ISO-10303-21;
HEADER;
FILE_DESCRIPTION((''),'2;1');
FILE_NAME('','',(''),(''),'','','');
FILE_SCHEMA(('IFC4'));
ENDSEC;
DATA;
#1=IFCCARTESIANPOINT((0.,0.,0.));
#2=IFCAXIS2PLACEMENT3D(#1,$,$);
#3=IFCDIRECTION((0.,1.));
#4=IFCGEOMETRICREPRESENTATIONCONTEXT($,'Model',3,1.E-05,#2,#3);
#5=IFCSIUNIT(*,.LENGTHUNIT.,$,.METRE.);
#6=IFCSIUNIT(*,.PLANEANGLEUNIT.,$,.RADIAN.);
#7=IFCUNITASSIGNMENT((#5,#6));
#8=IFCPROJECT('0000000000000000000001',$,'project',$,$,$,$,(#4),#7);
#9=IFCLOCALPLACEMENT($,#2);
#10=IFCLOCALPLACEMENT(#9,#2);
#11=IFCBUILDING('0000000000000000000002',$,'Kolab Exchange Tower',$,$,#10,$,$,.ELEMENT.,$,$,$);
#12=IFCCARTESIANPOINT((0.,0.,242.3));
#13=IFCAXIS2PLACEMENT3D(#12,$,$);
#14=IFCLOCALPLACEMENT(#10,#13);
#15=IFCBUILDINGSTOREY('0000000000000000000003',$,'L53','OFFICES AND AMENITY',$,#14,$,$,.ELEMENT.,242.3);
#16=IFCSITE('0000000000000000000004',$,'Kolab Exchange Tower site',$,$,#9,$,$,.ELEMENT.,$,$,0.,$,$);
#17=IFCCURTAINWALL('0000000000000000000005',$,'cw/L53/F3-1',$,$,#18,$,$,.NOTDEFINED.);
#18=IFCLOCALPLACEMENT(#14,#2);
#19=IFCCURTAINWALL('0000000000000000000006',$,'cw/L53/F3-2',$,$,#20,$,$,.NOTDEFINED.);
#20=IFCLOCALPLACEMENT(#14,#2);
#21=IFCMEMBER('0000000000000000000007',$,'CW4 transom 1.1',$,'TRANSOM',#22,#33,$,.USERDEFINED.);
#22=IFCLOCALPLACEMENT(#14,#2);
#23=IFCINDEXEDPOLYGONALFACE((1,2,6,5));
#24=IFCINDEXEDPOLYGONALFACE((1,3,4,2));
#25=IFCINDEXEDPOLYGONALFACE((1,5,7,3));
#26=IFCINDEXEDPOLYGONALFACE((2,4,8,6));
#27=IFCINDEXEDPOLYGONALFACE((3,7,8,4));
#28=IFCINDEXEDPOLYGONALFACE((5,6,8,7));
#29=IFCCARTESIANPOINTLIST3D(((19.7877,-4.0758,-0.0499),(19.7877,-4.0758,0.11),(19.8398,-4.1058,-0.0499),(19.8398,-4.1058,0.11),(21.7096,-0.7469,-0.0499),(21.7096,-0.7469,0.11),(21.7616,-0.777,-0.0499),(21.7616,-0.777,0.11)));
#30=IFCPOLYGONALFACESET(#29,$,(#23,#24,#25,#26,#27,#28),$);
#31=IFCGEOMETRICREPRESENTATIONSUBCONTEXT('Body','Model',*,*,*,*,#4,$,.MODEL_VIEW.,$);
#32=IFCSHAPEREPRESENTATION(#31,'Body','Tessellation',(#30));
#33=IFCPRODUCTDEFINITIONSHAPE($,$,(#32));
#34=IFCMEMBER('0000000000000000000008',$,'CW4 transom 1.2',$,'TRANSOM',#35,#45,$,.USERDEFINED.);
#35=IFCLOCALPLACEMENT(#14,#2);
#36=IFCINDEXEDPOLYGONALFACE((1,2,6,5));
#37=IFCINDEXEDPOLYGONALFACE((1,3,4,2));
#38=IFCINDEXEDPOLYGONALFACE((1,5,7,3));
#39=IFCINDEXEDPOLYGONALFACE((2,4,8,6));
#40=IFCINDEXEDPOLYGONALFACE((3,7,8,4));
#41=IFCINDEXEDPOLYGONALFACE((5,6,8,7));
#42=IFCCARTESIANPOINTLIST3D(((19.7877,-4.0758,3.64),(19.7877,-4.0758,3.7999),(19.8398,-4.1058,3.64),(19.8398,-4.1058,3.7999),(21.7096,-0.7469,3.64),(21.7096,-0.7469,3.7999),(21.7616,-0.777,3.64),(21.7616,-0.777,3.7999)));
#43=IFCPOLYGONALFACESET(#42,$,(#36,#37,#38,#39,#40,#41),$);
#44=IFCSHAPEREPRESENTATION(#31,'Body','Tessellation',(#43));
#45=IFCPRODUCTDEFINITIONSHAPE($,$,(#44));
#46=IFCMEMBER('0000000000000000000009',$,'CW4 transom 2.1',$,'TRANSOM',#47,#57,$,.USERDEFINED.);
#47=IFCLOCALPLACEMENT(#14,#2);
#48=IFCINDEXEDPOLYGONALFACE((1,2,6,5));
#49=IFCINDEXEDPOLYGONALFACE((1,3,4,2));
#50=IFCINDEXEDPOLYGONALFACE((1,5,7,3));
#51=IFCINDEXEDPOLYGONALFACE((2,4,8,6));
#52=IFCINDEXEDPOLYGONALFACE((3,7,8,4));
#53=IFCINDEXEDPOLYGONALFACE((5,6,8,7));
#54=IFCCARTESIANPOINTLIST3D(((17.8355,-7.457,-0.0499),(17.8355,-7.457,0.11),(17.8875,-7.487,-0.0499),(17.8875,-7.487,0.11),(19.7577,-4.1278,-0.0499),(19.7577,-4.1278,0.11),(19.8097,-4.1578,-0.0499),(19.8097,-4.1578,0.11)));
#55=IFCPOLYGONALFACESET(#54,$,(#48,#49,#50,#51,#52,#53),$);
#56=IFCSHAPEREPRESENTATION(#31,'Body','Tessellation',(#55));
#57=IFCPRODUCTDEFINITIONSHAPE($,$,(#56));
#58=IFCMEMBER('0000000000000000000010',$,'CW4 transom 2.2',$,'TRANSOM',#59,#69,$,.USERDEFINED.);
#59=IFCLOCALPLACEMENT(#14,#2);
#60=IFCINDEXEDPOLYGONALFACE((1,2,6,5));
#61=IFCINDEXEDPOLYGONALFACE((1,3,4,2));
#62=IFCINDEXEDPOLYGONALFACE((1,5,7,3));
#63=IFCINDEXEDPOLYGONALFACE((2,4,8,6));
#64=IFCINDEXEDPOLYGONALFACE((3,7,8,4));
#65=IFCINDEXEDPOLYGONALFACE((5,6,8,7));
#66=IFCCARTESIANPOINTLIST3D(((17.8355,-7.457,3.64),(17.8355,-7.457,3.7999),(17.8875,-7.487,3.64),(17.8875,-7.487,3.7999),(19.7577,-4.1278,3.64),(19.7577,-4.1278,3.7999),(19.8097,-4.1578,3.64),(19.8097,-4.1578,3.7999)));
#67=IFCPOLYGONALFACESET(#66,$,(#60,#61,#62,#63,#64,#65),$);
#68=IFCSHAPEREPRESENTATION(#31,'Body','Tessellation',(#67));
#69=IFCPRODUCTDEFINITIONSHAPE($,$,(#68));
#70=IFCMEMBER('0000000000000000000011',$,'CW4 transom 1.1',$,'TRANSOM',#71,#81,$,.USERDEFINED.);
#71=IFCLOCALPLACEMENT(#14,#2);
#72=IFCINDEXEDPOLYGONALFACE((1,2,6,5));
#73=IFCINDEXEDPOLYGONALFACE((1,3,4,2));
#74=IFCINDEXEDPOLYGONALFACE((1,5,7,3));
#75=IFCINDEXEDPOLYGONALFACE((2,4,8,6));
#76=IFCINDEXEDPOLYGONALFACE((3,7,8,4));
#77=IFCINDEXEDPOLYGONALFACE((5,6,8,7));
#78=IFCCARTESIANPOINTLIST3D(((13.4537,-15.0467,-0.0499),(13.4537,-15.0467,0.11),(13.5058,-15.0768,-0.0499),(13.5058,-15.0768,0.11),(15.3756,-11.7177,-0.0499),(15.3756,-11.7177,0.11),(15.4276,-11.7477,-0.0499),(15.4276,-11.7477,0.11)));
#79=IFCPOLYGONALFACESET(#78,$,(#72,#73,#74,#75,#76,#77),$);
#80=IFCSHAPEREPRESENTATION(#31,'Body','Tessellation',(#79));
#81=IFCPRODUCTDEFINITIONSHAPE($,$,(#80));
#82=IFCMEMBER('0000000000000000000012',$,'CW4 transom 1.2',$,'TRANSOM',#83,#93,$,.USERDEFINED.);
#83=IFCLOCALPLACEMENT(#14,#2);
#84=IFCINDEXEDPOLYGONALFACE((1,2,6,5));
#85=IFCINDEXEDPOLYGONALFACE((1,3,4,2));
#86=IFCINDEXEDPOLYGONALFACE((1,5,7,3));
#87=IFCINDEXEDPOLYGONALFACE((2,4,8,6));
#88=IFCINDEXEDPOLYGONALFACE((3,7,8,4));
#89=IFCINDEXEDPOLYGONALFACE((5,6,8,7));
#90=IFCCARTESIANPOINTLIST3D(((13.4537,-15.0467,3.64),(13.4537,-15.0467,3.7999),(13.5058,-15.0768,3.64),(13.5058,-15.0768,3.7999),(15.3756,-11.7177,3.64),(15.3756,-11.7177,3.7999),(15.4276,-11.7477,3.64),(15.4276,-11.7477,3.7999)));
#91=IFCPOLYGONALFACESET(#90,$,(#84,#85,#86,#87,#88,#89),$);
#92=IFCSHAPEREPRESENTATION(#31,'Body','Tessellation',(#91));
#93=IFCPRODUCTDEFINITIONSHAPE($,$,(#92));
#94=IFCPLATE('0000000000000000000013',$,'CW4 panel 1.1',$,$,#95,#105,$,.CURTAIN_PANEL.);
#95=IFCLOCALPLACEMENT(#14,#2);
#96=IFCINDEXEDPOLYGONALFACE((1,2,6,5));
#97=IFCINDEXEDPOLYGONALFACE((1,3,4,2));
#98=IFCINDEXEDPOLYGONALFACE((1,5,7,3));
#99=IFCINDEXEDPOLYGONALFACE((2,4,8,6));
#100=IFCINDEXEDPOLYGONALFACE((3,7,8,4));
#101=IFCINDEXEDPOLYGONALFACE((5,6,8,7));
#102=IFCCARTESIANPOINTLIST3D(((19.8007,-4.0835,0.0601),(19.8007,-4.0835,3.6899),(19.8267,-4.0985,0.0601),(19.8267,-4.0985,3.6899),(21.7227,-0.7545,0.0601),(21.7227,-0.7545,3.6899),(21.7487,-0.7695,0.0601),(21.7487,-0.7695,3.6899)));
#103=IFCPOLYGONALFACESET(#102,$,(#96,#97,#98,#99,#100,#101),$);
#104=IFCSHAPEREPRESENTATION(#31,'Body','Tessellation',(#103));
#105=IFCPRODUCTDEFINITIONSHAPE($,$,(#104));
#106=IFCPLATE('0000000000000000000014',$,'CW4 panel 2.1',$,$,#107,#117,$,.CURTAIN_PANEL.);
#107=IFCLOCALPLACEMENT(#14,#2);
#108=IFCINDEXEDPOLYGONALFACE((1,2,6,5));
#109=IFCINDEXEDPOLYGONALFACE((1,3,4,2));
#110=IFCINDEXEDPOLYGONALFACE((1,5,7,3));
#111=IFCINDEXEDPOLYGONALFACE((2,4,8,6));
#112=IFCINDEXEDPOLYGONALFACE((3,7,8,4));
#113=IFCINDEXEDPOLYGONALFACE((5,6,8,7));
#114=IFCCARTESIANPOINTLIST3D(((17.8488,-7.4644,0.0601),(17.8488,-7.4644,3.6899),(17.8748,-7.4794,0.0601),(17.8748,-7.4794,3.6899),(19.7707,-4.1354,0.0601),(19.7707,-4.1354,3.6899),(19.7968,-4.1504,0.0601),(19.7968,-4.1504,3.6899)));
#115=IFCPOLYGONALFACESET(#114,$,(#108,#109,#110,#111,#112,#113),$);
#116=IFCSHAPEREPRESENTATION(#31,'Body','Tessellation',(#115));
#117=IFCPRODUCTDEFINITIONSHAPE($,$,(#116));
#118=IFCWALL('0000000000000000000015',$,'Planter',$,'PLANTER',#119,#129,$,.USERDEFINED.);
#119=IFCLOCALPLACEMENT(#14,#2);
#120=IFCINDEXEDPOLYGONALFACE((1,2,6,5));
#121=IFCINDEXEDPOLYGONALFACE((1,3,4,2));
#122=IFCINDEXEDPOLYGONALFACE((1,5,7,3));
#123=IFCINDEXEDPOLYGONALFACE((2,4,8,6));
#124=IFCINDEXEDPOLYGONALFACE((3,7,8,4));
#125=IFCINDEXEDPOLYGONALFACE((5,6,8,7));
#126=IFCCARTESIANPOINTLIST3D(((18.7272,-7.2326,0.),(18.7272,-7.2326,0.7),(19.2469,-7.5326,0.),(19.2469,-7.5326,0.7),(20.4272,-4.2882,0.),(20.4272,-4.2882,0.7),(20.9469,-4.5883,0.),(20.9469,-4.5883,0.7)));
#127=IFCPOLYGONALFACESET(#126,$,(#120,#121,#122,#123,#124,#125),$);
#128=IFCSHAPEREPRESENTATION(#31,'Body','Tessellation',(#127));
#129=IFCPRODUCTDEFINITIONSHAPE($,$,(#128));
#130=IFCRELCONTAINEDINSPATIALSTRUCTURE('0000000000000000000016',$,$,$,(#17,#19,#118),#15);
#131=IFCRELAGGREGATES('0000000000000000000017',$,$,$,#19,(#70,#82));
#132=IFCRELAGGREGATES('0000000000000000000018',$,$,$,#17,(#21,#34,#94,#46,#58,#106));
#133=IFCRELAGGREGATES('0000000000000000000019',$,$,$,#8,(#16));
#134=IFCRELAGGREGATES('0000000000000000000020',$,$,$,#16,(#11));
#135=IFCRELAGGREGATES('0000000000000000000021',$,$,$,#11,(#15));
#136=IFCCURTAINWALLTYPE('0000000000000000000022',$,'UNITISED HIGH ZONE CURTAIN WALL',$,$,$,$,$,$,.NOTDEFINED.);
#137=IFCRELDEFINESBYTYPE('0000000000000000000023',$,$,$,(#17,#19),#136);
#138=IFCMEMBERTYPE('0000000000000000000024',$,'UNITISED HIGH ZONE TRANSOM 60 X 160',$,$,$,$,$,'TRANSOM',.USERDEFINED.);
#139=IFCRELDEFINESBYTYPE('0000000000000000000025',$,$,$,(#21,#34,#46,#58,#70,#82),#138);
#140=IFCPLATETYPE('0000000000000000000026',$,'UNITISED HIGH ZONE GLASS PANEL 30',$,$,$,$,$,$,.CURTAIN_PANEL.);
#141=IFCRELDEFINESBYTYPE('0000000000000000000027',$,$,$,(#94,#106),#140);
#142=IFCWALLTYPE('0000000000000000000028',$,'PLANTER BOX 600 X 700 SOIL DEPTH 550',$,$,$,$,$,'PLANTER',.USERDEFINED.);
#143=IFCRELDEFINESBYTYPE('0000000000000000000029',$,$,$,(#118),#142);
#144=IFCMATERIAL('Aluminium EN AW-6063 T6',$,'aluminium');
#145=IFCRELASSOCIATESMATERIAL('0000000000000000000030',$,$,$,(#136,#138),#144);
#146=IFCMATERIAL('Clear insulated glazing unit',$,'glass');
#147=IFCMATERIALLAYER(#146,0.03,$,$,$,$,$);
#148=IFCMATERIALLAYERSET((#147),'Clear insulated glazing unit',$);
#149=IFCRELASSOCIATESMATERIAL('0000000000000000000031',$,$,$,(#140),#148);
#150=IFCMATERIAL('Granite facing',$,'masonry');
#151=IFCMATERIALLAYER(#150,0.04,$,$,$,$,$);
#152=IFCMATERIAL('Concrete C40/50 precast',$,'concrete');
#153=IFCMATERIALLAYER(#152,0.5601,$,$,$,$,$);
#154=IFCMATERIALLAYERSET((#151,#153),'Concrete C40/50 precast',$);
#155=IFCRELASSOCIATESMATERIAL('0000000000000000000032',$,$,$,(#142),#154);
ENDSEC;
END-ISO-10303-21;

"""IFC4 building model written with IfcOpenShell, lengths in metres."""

from ifc_helpers import new_model, si_unit, direction, frame, frame_2d, origin, origin_2d, place, context, subcontext, project, spatial, rectangle, extrude, material, layer, layer_set, material_profile, profile_set, type_object, element, aggregate, save


model = new_model("IFC4")

# Units and contexts
model_context = context("Model", 3, precision=1e-05, world=origin(), true_north=direction((0.0, 1.0)))
body_context = subcontext(model_context, "Body", "Model", "MODEL_VIEW")
ifc_project = project(units=[si_unit("LENGTHUNIT", "METRE"), si_unit("PLANEANGLEUNIT", "RADIAN")], contexts=[model_context])

# Site, building, storey
site_placement = place(None, origin())
site = spatial("IfcSite", under=ifc_project, at=site_placement, Name="Kolab Exchange Tower site", CompositionType="ELEMENT", RefElevation=0.0)
building_placement = place(site_placement, origin())
building = spatial("IfcBuilding", under=site, at=building_placement, Name="Kolab Exchange Tower", CompositionType="ELEMENT")
storey_placement = place(building_placement, frame((0.0, 0.0, 242.3)))
storey = spatial("IfcBuildingStorey", under=building, at=storey_placement, Name="L53", Description="OFFICES AND AMENITY", CompositionType="ELEMENT", Elevation=242.3)

# Curtain wall
ifc_material_1 = material(Name="Aluminium EN AW-6063 T6", Category="aluminium")
curtain_wall_type = type_object("IfcCurtainWallType", Name="UNITISED HIGH ZONE CURTAIN WALL", PredefinedType="NOTDEFINED", material=ifc_material_1)
curtain_wall_1_placement = place(storey_placement, origin())
curtain_wall_1 = element("IfcCurtainWall", 1, at=curtain_wall_1_placement, inside=storey, type_object=curtain_wall_type, Name="cw/L53/F3-1", PredefinedType="NOTDEFINED")

# Curtain wall
curtain_wall_2_placement = place(storey_placement, origin())
curtain_wall_2 = element("IfcCurtainWall", 2, at=curtain_wall_2_placement, inside=storey, type_object=curtain_wall_type, Name="cw/L53/F3-2", PredefinedType="NOTDEFINED")

# Members
ifc_material_profile_1 = material_profile(ifc_material_1, rectangle(XDim=0.0601, YDim=0.1599, at=origin_2d()), Name="RECT 60X160")
ifc_profile_set_1 = profile_set([ifc_material_profile_1], Name="Aluminium EN AW-6063 T6")
member_type_1 = type_object("IfcMemberType", Name="UNITISED HIGH ZONE TRANSOM 60 X 160", ElementType="TRANSOM", PredefinedType="USERDEFINED", material=ifc_profile_set_1)
member_1_placement = place(storey_placement, frame((21.7356, -0.762, 0.03), z_axis=(-0.499992, -0.86603, 0.0), x_axis=(0.86603, -0.499992, 0.0)))
member_1 = element("IfcMember", 3, at=member_1_placement, type_object=member_type_1, Name="CW4 transom 1.1", ObjectType="TRANSOM", PredefinedType="USERDEFINED", context=body_context, shape_type="SweptSolid", body=[
    extrude(rectangle(XDim=0.0601, YDim=0.1599, at=origin_2d()), origin(), (0.0, 0.0, 1.0), 3.8438),
])
member_2_placement = place(storey_placement, frame((21.7356, -0.762, 3.72), z_axis=(-0.499992, -0.86603, 0.0), x_axis=(0.86603, -0.499992, 0.0)))
member_2 = element("IfcMember", 4, at=member_2_placement, type_object=member_type_1, Name="CW4 transom 1.2", ObjectType="TRANSOM", PredefinedType="USERDEFINED", context=body_context, shape_type="SweptSolid", body=[
    extrude(rectangle(XDim=0.0601, YDim=0.1599, at=origin_2d()), origin(), (0.0, 0.0, 1.0), 3.8438),
])
member_3_placement = place(storey_placement, frame((19.7837, -4.1428, 0.03), z_axis=(-0.500012, -0.866018, 0.0), x_axis=(0.866018, -0.500012, 0.0)))
member_3 = element("IfcMember", 5, at=member_3_placement, type_object=member_type_1, Name="CW4 transom 2.1", ObjectType="TRANSOM", PredefinedType="USERDEFINED", context=body_context, shape_type="SweptSolid", body=[
    extrude(rectangle(XDim=0.0601, YDim=0.1599, at=origin_2d()), origin(), (0.0, 0.0, 1.0), 3.8442),
])
member_4_placement = place(storey_placement, frame((19.7837, -4.1428, 3.72), z_axis=(-0.500012, -0.866018, 0.0), x_axis=(0.866018, -0.500012, 0.0)))
member_4 = element("IfcMember", 6, at=member_4_placement, type_object=member_type_1, Name="CW4 transom 2.2", ObjectType="TRANSOM", PredefinedType="USERDEFINED", context=body_context, shape_type="SweptSolid", body=[
    extrude(rectangle(XDim=0.0601, YDim=0.1599, at=origin_2d()), origin(), (0.0, 0.0, 1.0), 3.8442),
])
member_5_placement = place(storey_placement, frame((15.4016, -11.7327, 0.03), z_axis=(-0.499964, -0.866046, 0.0), x_axis=(0.866046, -0.499964, 0.0)))
member_5 = element("IfcMember", 7, at=member_5_placement, type_object=member_type_1, Name="CW4 transom 1.1", ObjectType="TRANSOM", PredefinedType="USERDEFINED", context=body_context, shape_type="SweptSolid", body=[
    extrude(rectangle(XDim=0.0601, YDim=0.1599, at=origin_2d()), origin(), (0.0, 0.0, 1.0), 3.844),
])
member_6_placement = place(storey_placement, frame((15.4016, -11.7327, 3.72), z_axis=(-0.499964, -0.866046, 0.0), x_axis=(0.866046, -0.499964, 0.0)))
member_6 = element("IfcMember", 8, at=member_6_placement, type_object=member_type_1, Name="CW4 transom 1.2", ObjectType="TRANSOM", PredefinedType="USERDEFINED", context=body_context, shape_type="SweptSolid", body=[
    extrude(rectangle(XDim=0.0601, YDim=0.1599, at=origin_2d()), origin(), (0.0, 0.0, 1.0), 3.844),
])
aggregate(curtain_wall_2, [member_5, member_6])

# Plates
ifc_material_2 = material(Name="Clear insulated glazing unit", Category="glass")
ifc_layer_1 = layer(ifc_material_2, 0.03)
ifc_layer_set_1 = layer_set([ifc_layer_1], Name="Clear insulated glazing unit")
plate_type = type_object("IfcPlateType", Name="UNITISED HIGH ZONE GLASS PANEL 30", PredefinedType="CURTAIN_PANEL", material=ifc_layer_set_1)
plate_1_placement = place(storey_placement, frame((20.7747, -2.4265, 0.0601), z_axis=(0.0, 0.0, 1.0), x_axis=(-0.5, -0.866025, 0.0)))
plate_1 = element("IfcPlate", 9, at=plate_1_placement, type_object=plate_type, Name="CW4 panel 1.1", PredefinedType="CURTAIN_PANEL", context=body_context, shape_type="SweptSolid", body=[
    extrude(rectangle(XDim=3.844, YDim=0.03, at=origin_2d()), origin(), (0.0, 0.0, 1.0), 3.6299),
])
plate_2_placement = place(storey_placement, frame((18.8228, -5.8074, 0.0601), z_axis=(0.0, 0.0, 1.0), x_axis=(-0.5, -0.866025, 0.0)))
plate_2 = element("IfcPlate", 10, at=plate_2_placement, type_object=plate_type, Name="CW4 panel 2.1", PredefinedType="CURTAIN_PANEL", context=body_context, shape_type="SweptSolid", body=[
    extrude(rectangle(XDim=3.844, YDim=0.03, at=origin_2d()), origin(), (0.0, 0.0, 1.0), 3.6299),
])
aggregate(curtain_wall_1, [member_1, member_2, plate_1, member_3, member_4, plate_2])

# Wall
ifc_material_3 = material(Name="Granite facing", Category="masonry")
ifc_layer_2 = layer(ifc_material_3, 0.04)
ifc_material_4 = material(Name="Concrete C40/50 precast", Category="concrete")
ifc_layer_3 = layer(ifc_material_4, 0.5601)
ifc_layer_set_2 = layer_set([ifc_layer_2, ifc_layer_3], Name="Concrete C40/50 precast")
wall_type_1 = type_object("IfcWallType", Name="PLANTER BOX 600 X 700 SOIL DEPTH 550", ElementType="PLANTER", PredefinedType="USERDEFINED", material=ifc_layer_set_2)
wall_1_placement = place(storey_placement, frame((20.687, -4.4382, 0.0), z_axis=(0.0, 0.0, 1.0), x_axis=(-0.500008, -0.866021, 0.0)))
element("IfcWall", 11, at=wall_1_placement, inside=storey, type_object=wall_type_1, Name="Planter", ObjectType="PLANTER", PredefinedType="USERDEFINED", context=body_context, shape_type="SweptSolid", body=[
    extrude(rectangle(XDim=3.3999, YDim=0.6001, at=frame_2d((1.7, 0.0))), origin(), (0.0, 0.0, 1.0), 0.7),
])

save(model, "model.ifc")
